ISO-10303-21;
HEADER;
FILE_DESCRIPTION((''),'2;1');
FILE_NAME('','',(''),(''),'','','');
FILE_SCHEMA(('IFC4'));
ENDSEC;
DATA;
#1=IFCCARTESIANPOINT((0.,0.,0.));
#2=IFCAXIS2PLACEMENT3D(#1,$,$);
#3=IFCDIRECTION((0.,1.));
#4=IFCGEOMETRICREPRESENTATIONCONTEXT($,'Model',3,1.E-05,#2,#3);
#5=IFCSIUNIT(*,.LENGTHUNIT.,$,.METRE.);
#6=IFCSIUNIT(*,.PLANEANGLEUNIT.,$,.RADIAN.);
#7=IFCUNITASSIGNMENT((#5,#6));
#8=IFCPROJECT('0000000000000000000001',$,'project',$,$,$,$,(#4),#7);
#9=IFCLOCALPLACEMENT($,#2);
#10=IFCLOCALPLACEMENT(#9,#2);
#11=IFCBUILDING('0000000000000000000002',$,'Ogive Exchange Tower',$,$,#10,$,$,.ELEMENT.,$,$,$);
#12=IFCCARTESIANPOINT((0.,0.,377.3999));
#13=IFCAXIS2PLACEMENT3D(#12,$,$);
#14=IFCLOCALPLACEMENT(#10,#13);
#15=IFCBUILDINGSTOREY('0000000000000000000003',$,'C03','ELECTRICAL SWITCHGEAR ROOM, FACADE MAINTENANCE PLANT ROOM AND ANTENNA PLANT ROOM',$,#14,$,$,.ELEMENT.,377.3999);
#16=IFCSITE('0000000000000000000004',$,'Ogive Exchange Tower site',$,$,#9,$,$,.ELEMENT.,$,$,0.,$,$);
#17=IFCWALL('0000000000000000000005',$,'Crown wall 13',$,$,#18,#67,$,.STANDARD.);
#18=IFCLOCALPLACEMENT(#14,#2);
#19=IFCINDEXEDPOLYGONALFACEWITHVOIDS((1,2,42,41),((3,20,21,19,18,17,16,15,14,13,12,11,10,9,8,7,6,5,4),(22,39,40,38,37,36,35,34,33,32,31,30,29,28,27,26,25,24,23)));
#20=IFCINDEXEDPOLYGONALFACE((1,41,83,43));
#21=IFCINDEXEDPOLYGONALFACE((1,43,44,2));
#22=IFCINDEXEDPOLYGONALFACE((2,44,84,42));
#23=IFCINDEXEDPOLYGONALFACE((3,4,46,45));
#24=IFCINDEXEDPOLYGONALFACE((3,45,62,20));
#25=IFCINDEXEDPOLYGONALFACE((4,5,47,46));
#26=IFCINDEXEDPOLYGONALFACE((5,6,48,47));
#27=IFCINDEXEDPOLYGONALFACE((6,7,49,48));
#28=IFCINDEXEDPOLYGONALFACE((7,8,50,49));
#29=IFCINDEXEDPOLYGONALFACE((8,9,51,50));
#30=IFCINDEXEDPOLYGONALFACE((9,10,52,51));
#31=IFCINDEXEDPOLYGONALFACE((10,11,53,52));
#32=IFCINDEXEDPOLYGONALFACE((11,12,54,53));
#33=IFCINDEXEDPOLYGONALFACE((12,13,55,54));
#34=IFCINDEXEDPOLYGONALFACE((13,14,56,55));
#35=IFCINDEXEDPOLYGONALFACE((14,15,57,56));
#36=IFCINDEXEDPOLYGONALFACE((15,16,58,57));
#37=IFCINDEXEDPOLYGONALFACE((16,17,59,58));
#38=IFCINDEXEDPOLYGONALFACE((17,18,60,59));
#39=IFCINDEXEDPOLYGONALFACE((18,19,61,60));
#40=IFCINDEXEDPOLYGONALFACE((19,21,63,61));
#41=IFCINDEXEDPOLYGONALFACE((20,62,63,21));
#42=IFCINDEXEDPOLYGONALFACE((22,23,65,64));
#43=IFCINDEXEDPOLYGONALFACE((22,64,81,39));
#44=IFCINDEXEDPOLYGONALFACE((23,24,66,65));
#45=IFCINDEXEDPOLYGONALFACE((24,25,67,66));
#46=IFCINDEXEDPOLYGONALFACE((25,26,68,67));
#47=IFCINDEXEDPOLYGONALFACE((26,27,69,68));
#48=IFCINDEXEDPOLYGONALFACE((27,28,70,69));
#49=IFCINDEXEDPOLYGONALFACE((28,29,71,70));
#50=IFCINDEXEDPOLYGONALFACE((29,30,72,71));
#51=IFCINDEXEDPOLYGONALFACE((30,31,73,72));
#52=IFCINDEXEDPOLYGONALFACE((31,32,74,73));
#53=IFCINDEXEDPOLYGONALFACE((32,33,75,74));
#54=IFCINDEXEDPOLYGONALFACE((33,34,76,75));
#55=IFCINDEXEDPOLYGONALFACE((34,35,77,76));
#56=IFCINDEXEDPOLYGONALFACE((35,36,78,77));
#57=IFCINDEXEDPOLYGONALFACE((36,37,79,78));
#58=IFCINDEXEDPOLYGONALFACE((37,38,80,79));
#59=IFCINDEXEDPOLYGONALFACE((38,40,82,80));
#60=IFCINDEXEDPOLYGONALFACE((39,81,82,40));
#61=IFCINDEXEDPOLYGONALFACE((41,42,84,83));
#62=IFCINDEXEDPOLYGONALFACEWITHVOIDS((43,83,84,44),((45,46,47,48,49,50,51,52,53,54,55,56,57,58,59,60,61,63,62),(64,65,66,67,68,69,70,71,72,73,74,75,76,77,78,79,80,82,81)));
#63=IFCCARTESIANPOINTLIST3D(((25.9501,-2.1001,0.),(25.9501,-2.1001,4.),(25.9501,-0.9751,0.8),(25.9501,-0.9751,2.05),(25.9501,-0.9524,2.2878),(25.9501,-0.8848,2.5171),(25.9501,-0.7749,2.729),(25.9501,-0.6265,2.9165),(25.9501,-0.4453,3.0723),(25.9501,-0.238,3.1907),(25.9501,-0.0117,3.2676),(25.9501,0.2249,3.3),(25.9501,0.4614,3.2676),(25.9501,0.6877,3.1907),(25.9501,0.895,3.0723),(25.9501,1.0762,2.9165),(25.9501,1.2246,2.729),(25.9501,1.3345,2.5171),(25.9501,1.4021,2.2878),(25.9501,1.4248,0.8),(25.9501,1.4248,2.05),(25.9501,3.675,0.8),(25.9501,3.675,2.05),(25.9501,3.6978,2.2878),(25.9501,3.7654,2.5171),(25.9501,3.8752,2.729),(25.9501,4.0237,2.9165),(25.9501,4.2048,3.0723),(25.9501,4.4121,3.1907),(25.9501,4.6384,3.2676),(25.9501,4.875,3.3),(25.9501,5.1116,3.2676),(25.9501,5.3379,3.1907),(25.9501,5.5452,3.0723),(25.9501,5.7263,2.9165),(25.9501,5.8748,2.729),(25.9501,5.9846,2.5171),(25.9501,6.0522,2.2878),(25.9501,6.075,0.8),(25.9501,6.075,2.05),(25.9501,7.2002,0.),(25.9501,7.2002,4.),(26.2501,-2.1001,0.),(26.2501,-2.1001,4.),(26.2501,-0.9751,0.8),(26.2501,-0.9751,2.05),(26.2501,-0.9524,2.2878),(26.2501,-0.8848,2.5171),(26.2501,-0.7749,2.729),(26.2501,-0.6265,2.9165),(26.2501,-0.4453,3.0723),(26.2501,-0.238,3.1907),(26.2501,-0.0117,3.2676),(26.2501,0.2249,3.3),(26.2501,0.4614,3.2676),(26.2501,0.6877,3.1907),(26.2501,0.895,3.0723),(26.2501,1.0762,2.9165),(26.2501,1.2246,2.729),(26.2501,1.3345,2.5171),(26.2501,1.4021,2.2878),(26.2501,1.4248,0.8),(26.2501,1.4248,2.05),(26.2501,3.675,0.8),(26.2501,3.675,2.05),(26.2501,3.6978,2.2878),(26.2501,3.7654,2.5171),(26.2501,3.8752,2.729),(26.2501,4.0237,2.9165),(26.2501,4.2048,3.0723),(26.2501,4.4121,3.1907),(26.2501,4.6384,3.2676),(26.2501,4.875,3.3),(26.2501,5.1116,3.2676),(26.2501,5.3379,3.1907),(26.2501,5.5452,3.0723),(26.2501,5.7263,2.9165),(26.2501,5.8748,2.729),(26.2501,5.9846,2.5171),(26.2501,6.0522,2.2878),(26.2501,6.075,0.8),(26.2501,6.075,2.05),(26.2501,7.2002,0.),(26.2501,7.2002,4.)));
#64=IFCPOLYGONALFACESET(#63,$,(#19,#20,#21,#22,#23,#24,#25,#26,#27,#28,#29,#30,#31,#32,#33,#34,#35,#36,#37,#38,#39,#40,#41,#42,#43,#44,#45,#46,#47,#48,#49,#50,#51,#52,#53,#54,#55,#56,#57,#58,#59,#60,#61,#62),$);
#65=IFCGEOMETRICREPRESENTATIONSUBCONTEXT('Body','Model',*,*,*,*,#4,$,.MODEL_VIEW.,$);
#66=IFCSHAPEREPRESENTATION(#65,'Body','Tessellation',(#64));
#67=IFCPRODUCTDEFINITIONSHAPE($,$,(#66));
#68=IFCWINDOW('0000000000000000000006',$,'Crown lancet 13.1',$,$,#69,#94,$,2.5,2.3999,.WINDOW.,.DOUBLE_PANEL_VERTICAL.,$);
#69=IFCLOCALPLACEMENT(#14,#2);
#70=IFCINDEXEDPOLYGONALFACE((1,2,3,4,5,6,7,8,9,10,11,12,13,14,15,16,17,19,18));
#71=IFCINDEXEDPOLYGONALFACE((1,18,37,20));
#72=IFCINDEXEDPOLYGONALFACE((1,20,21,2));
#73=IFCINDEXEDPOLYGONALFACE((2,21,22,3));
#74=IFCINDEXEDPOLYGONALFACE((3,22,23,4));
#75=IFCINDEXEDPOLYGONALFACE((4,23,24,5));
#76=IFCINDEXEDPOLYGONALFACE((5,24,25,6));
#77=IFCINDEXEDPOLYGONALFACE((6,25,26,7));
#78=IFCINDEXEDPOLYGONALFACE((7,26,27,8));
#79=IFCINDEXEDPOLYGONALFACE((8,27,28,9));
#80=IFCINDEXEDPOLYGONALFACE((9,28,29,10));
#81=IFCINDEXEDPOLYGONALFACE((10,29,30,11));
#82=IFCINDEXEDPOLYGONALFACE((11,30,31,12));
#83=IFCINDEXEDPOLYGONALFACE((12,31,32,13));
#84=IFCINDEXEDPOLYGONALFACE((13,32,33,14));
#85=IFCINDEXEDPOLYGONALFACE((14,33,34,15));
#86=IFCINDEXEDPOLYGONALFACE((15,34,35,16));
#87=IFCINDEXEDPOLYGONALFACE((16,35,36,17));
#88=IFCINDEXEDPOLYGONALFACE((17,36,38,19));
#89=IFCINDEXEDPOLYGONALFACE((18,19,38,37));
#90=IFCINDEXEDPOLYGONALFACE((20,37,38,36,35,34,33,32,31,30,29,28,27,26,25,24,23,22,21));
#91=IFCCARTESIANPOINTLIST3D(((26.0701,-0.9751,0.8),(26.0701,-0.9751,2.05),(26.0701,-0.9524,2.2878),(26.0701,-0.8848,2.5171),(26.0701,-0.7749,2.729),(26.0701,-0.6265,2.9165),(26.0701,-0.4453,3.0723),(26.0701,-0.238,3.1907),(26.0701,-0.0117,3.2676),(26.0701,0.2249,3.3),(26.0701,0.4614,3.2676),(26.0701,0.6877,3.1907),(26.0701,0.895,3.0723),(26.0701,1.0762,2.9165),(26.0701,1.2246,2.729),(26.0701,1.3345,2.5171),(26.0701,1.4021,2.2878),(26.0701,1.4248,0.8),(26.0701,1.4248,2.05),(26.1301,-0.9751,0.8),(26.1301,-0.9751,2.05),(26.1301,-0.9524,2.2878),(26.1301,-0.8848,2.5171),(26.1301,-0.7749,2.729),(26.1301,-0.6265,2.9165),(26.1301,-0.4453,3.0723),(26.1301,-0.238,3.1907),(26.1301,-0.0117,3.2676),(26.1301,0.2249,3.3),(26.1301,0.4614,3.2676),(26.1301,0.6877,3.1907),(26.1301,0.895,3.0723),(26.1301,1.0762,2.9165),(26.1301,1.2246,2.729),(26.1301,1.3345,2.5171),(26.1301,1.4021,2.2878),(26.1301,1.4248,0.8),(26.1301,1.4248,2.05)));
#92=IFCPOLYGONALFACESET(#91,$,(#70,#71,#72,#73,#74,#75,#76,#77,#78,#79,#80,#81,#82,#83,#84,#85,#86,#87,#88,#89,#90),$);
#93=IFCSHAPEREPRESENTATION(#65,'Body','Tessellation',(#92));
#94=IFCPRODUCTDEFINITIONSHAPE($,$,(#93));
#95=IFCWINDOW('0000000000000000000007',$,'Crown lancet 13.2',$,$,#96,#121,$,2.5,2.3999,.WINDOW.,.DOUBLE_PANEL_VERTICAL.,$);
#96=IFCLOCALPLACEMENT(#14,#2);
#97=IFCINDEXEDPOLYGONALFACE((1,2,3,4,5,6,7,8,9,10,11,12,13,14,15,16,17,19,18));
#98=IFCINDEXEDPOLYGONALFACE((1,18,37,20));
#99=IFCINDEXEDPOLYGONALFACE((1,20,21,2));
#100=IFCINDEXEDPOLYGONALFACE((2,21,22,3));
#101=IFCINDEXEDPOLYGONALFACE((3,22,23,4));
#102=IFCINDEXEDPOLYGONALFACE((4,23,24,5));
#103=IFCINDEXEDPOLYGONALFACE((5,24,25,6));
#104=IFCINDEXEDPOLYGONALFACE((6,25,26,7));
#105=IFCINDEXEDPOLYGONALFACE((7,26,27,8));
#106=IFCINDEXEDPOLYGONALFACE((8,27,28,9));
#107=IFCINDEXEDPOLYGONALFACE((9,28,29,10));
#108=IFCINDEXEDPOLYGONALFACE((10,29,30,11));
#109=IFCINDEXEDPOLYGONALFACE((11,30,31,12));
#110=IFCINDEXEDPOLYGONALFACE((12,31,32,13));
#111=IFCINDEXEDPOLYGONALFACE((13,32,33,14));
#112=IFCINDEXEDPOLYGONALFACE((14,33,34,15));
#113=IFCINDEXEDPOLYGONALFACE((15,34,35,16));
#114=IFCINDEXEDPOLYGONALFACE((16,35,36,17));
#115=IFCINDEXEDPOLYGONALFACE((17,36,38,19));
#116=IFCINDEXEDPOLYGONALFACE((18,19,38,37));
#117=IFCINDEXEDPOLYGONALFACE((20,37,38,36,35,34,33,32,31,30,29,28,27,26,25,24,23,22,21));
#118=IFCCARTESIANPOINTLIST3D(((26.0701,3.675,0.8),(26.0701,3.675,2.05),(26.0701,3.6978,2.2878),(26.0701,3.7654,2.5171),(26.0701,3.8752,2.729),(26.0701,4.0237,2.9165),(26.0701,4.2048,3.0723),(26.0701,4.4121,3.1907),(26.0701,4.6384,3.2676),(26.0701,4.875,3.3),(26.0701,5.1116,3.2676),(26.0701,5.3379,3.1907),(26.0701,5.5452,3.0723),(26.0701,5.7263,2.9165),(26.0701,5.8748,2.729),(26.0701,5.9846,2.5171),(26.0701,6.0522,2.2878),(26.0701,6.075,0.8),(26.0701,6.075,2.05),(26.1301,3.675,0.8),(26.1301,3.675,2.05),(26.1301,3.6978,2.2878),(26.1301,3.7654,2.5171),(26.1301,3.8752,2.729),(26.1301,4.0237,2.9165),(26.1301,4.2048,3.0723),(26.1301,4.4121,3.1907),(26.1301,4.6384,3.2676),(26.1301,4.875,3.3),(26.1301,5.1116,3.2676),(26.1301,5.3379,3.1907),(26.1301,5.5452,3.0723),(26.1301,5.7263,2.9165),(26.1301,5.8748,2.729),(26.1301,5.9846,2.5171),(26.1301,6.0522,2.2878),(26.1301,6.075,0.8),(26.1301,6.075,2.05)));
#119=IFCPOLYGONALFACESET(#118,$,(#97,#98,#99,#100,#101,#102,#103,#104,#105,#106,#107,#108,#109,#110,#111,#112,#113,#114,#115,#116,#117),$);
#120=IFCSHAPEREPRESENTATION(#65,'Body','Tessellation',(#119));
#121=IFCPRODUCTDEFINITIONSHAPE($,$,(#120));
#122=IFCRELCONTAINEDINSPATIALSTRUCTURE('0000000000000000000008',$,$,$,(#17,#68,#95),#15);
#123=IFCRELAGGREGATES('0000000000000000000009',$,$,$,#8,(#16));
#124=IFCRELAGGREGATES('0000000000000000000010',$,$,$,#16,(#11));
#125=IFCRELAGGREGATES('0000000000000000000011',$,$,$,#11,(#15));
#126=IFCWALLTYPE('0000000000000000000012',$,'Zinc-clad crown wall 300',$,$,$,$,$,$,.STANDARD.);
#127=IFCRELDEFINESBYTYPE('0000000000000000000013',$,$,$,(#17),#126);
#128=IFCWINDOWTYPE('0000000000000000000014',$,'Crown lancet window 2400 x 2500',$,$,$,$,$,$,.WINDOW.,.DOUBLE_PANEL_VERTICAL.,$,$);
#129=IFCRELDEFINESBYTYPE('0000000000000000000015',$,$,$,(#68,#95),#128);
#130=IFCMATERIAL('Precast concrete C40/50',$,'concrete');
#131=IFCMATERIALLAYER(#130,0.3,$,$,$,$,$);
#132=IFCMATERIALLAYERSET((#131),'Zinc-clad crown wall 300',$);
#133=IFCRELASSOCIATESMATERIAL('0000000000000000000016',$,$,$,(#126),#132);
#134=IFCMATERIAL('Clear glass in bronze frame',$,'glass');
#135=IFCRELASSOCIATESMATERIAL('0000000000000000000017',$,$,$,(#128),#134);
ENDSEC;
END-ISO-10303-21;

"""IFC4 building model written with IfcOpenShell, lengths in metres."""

from ifc_helpers import new_model, si_unit, direction, frame, frame_2d, origin, place, context, subcontext, project, spatial, polyline, rectangle, outline, extrude, material, layer, layer_set, type_object, element, fill, save


model = new_model("IFC4")

# Units and contexts
model_context = context("Model", 3, precision=1e-05, world=origin(), true_north=direction((0.0, 1.0)))
body_context = subcontext(model_context, "Body", "Model", "MODEL_VIEW")
ifc_project = project(units=[si_unit("LENGTHUNIT", "METRE"), si_unit("PLANEANGLEUNIT", "RADIAN")], contexts=[model_context])

# Site, building, storey
site_placement = place(None, origin())
site = spatial("IfcSite", under=ifc_project, at=site_placement, Name="Ogive Exchange Tower site", CompositionType="ELEMENT", RefElevation=0.0)
building_placement = place(site_placement, origin())
building = spatial("IfcBuilding", under=site, at=building_placement, Name="Ogive Exchange Tower", CompositionType="ELEMENT")
storey_placement = place(building_placement, frame((0.0, 0.0, 377.3999)))
storey = spatial("IfcBuildingStorey", under=building, at=storey_placement, Name="C03", Description="ELECTRICAL SWITCHGEAR ROOM, FACADE MAINTENANCE PLANT ROOM AND ANTENNA PLANT ROOM", CompositionType="ELEMENT", Elevation=377.3999)

# Shared definitions
ifc_material_1 = material(Name="Precast concrete C40/50", Category="concrete")
ifc_layer_1 = layer(ifc_material_1, 0.3)
ifc_layer_set_1 = layer_set([ifc_layer_1], Name="Zinc-clad crown wall 300")
wall_type_1 = type_object("IfcWallType", Name="Zinc-clad crown wall 300", PredefinedType="STANDARD", material=ifc_layer_set_1)

# Wall, openings, windows
wall_1_placement = place(storey_placement, frame((26.1001, -2.1001, 0.0), z_axis=(0.0, 0.0, 1.0), x_axis=(0.0, 1.0, 0.0)))
wall_1 = element("IfcWall", 1, at=wall_1_placement, inside=storey, type_object=wall_type_1, Name="Crown wall 13", PredefinedType="STANDARD", context=body_context, shape_type="SweptSolid", body=[
    extrude(rectangle(XDim=9.3003, YDim=0.3, at=frame_2d((4.6501, 0.0))), origin(), (0.0, 0.0, 1.0), 4.0),
])
opening_1_placement = place(wall_1_placement, frame((1.125, 0.0, 0.8)))
opening_1 = element("IfcOpeningElement", 2, at=opening_1_placement, cuts=wall_1, PredefinedType="OPENING", context=body_context, shape_type="SweptSolid", body=[
    extrude(outline(polyline([(0.0, 0.0), (2.3999, 0.0), (2.3999, 1.25), (2.3772, 1.4878), (2.3096, 1.717), (2.1997, 1.929), (2.0513, 2.1165), (1.8701, 2.2722), (1.6628, 2.3906), (1.4365, 2.4675), (1.2, 2.5), (0.9634, 2.4675), (0.7371, 2.3906), (0.5298, 2.2722), (0.3486, 2.1165), (0.2002, 1.929), (0.0903, 1.717), (0.0227, 1.4878), (0.0, 1.25), (0.0, 0.0)])), frame((0.0, 0.1599, 0.0), z_axis=(0.0, -1.0, 0.0), x_axis=(1.0, 0.0, 0.0)), (0.0, 0.0, 1.0), 0.3201),
])
opening_2_placement = place(wall_1_placement, frame((5.7751, 0.0, 0.8)))
opening_2 = element("IfcOpeningElement", 3, at=opening_2_placement, cuts=wall_1, PredefinedType="OPENING", context=body_context, shape_type="SweptSolid", body=[
    extrude(outline(polyline([(0.0, 0.0), (2.3999, 0.0), (2.3999, 1.25), (2.3772, 1.4878), (2.3096, 1.717), (2.1997, 1.929), (2.0513, 2.1165), (1.8701, 2.2722), (1.6628, 2.3906), (1.4365, 2.4675), (1.2, 2.5), (0.9634, 2.4675), (0.7371, 2.3906), (0.5298, 2.2722), (0.3486, 2.1165), (0.2002, 1.929), (0.0903, 1.717), (0.0227, 1.4878), (0.0, 1.25), (0.0, 0.0)])), frame((0.0, 0.1599, 0.0), z_axis=(0.0, -1.0, 0.0), x_axis=(1.0, 0.0, 0.0)), (0.0, 0.0, 1.0), 0.3201),
])
ifc_material_2 = material(Name="Clear glass in bronze frame", Category="glass")
window_type = type_object("IfcWindowType", Name="Crown lancet window 2400 x 2500", PartitioningType="DOUBLE_PANEL_VERTICAL", PredefinedType="WINDOW", material=ifc_material_2)
window_1_placement = place(opening_1_placement, origin())
window_1 = element("IfcWindow", 4, at=window_1_placement, inside=storey, type_object=window_type, Name="Crown lancet 13.1", OverallHeight=2.5, OverallWidth=2.3999, PartitioningType="DOUBLE_PANEL_VERTICAL", PredefinedType="WINDOW", context=body_context, shape_type="SweptSolid", body=[
    extrude(outline(polyline([(0.0, 0.0), (2.3999, 0.0), (2.3999, 1.25), (2.3772, 1.4878), (2.3096, 1.717), (2.1997, 1.929), (2.0513, 2.1165), (1.8701, 2.2722), (1.6628, 2.3906), (1.4365, 2.4675), (1.2, 2.5), (0.9634, 2.4675), (0.7371, 2.3906), (0.5298, 2.2722), (0.3486, 2.1165), (0.2002, 1.929), (0.0903, 1.717), (0.0227, 1.4878), (0.0, 1.25), (0.0, 0.0)])), frame((0.0, 0.03, 0.0), z_axis=(0.0, -1.0, 0.0), x_axis=(1.0, 0.0, 0.0)), (0.0, 0.0, 1.0), 0.0601),
])
fill(opening_1, window_1)
window_2_placement = place(opening_2_placement, origin())
window_2 = element("IfcWindow", 5, at=window_2_placement, inside=storey, type_object=window_type, Name="Crown lancet 13.2", OverallHeight=2.5, OverallWidth=2.3999, PartitioningType="DOUBLE_PANEL_VERTICAL", PredefinedType="WINDOW", context=body_context, shape_type="SweptSolid", body=[
    extrude(outline(polyline([(0.0, 0.0), (2.3999, 0.0), (2.3999, 1.25), (2.3772, 1.4878), (2.3096, 1.717), (2.1997, 1.929), (2.0513, 2.1165), (1.8701, 2.2722), (1.6628, 2.3906), (1.4365, 2.4675), (1.2, 2.5), (0.9634, 2.4675), (0.7371, 2.3906), (0.5298, 2.2722), (0.3486, 2.1165), (0.2002, 1.929), (0.0903, 1.717), (0.0227, 1.4878), (0.0, 1.25), (0.0, 0.0)])), frame((0.0, 0.03, 0.0), z_axis=(0.0, -1.0, 0.0), x_axis=(1.0, 0.0, 0.0)), (0.0, 0.0, 1.0), 0.0601),
])
fill(opening_2, window_2)

save(model, "model.ifc")
